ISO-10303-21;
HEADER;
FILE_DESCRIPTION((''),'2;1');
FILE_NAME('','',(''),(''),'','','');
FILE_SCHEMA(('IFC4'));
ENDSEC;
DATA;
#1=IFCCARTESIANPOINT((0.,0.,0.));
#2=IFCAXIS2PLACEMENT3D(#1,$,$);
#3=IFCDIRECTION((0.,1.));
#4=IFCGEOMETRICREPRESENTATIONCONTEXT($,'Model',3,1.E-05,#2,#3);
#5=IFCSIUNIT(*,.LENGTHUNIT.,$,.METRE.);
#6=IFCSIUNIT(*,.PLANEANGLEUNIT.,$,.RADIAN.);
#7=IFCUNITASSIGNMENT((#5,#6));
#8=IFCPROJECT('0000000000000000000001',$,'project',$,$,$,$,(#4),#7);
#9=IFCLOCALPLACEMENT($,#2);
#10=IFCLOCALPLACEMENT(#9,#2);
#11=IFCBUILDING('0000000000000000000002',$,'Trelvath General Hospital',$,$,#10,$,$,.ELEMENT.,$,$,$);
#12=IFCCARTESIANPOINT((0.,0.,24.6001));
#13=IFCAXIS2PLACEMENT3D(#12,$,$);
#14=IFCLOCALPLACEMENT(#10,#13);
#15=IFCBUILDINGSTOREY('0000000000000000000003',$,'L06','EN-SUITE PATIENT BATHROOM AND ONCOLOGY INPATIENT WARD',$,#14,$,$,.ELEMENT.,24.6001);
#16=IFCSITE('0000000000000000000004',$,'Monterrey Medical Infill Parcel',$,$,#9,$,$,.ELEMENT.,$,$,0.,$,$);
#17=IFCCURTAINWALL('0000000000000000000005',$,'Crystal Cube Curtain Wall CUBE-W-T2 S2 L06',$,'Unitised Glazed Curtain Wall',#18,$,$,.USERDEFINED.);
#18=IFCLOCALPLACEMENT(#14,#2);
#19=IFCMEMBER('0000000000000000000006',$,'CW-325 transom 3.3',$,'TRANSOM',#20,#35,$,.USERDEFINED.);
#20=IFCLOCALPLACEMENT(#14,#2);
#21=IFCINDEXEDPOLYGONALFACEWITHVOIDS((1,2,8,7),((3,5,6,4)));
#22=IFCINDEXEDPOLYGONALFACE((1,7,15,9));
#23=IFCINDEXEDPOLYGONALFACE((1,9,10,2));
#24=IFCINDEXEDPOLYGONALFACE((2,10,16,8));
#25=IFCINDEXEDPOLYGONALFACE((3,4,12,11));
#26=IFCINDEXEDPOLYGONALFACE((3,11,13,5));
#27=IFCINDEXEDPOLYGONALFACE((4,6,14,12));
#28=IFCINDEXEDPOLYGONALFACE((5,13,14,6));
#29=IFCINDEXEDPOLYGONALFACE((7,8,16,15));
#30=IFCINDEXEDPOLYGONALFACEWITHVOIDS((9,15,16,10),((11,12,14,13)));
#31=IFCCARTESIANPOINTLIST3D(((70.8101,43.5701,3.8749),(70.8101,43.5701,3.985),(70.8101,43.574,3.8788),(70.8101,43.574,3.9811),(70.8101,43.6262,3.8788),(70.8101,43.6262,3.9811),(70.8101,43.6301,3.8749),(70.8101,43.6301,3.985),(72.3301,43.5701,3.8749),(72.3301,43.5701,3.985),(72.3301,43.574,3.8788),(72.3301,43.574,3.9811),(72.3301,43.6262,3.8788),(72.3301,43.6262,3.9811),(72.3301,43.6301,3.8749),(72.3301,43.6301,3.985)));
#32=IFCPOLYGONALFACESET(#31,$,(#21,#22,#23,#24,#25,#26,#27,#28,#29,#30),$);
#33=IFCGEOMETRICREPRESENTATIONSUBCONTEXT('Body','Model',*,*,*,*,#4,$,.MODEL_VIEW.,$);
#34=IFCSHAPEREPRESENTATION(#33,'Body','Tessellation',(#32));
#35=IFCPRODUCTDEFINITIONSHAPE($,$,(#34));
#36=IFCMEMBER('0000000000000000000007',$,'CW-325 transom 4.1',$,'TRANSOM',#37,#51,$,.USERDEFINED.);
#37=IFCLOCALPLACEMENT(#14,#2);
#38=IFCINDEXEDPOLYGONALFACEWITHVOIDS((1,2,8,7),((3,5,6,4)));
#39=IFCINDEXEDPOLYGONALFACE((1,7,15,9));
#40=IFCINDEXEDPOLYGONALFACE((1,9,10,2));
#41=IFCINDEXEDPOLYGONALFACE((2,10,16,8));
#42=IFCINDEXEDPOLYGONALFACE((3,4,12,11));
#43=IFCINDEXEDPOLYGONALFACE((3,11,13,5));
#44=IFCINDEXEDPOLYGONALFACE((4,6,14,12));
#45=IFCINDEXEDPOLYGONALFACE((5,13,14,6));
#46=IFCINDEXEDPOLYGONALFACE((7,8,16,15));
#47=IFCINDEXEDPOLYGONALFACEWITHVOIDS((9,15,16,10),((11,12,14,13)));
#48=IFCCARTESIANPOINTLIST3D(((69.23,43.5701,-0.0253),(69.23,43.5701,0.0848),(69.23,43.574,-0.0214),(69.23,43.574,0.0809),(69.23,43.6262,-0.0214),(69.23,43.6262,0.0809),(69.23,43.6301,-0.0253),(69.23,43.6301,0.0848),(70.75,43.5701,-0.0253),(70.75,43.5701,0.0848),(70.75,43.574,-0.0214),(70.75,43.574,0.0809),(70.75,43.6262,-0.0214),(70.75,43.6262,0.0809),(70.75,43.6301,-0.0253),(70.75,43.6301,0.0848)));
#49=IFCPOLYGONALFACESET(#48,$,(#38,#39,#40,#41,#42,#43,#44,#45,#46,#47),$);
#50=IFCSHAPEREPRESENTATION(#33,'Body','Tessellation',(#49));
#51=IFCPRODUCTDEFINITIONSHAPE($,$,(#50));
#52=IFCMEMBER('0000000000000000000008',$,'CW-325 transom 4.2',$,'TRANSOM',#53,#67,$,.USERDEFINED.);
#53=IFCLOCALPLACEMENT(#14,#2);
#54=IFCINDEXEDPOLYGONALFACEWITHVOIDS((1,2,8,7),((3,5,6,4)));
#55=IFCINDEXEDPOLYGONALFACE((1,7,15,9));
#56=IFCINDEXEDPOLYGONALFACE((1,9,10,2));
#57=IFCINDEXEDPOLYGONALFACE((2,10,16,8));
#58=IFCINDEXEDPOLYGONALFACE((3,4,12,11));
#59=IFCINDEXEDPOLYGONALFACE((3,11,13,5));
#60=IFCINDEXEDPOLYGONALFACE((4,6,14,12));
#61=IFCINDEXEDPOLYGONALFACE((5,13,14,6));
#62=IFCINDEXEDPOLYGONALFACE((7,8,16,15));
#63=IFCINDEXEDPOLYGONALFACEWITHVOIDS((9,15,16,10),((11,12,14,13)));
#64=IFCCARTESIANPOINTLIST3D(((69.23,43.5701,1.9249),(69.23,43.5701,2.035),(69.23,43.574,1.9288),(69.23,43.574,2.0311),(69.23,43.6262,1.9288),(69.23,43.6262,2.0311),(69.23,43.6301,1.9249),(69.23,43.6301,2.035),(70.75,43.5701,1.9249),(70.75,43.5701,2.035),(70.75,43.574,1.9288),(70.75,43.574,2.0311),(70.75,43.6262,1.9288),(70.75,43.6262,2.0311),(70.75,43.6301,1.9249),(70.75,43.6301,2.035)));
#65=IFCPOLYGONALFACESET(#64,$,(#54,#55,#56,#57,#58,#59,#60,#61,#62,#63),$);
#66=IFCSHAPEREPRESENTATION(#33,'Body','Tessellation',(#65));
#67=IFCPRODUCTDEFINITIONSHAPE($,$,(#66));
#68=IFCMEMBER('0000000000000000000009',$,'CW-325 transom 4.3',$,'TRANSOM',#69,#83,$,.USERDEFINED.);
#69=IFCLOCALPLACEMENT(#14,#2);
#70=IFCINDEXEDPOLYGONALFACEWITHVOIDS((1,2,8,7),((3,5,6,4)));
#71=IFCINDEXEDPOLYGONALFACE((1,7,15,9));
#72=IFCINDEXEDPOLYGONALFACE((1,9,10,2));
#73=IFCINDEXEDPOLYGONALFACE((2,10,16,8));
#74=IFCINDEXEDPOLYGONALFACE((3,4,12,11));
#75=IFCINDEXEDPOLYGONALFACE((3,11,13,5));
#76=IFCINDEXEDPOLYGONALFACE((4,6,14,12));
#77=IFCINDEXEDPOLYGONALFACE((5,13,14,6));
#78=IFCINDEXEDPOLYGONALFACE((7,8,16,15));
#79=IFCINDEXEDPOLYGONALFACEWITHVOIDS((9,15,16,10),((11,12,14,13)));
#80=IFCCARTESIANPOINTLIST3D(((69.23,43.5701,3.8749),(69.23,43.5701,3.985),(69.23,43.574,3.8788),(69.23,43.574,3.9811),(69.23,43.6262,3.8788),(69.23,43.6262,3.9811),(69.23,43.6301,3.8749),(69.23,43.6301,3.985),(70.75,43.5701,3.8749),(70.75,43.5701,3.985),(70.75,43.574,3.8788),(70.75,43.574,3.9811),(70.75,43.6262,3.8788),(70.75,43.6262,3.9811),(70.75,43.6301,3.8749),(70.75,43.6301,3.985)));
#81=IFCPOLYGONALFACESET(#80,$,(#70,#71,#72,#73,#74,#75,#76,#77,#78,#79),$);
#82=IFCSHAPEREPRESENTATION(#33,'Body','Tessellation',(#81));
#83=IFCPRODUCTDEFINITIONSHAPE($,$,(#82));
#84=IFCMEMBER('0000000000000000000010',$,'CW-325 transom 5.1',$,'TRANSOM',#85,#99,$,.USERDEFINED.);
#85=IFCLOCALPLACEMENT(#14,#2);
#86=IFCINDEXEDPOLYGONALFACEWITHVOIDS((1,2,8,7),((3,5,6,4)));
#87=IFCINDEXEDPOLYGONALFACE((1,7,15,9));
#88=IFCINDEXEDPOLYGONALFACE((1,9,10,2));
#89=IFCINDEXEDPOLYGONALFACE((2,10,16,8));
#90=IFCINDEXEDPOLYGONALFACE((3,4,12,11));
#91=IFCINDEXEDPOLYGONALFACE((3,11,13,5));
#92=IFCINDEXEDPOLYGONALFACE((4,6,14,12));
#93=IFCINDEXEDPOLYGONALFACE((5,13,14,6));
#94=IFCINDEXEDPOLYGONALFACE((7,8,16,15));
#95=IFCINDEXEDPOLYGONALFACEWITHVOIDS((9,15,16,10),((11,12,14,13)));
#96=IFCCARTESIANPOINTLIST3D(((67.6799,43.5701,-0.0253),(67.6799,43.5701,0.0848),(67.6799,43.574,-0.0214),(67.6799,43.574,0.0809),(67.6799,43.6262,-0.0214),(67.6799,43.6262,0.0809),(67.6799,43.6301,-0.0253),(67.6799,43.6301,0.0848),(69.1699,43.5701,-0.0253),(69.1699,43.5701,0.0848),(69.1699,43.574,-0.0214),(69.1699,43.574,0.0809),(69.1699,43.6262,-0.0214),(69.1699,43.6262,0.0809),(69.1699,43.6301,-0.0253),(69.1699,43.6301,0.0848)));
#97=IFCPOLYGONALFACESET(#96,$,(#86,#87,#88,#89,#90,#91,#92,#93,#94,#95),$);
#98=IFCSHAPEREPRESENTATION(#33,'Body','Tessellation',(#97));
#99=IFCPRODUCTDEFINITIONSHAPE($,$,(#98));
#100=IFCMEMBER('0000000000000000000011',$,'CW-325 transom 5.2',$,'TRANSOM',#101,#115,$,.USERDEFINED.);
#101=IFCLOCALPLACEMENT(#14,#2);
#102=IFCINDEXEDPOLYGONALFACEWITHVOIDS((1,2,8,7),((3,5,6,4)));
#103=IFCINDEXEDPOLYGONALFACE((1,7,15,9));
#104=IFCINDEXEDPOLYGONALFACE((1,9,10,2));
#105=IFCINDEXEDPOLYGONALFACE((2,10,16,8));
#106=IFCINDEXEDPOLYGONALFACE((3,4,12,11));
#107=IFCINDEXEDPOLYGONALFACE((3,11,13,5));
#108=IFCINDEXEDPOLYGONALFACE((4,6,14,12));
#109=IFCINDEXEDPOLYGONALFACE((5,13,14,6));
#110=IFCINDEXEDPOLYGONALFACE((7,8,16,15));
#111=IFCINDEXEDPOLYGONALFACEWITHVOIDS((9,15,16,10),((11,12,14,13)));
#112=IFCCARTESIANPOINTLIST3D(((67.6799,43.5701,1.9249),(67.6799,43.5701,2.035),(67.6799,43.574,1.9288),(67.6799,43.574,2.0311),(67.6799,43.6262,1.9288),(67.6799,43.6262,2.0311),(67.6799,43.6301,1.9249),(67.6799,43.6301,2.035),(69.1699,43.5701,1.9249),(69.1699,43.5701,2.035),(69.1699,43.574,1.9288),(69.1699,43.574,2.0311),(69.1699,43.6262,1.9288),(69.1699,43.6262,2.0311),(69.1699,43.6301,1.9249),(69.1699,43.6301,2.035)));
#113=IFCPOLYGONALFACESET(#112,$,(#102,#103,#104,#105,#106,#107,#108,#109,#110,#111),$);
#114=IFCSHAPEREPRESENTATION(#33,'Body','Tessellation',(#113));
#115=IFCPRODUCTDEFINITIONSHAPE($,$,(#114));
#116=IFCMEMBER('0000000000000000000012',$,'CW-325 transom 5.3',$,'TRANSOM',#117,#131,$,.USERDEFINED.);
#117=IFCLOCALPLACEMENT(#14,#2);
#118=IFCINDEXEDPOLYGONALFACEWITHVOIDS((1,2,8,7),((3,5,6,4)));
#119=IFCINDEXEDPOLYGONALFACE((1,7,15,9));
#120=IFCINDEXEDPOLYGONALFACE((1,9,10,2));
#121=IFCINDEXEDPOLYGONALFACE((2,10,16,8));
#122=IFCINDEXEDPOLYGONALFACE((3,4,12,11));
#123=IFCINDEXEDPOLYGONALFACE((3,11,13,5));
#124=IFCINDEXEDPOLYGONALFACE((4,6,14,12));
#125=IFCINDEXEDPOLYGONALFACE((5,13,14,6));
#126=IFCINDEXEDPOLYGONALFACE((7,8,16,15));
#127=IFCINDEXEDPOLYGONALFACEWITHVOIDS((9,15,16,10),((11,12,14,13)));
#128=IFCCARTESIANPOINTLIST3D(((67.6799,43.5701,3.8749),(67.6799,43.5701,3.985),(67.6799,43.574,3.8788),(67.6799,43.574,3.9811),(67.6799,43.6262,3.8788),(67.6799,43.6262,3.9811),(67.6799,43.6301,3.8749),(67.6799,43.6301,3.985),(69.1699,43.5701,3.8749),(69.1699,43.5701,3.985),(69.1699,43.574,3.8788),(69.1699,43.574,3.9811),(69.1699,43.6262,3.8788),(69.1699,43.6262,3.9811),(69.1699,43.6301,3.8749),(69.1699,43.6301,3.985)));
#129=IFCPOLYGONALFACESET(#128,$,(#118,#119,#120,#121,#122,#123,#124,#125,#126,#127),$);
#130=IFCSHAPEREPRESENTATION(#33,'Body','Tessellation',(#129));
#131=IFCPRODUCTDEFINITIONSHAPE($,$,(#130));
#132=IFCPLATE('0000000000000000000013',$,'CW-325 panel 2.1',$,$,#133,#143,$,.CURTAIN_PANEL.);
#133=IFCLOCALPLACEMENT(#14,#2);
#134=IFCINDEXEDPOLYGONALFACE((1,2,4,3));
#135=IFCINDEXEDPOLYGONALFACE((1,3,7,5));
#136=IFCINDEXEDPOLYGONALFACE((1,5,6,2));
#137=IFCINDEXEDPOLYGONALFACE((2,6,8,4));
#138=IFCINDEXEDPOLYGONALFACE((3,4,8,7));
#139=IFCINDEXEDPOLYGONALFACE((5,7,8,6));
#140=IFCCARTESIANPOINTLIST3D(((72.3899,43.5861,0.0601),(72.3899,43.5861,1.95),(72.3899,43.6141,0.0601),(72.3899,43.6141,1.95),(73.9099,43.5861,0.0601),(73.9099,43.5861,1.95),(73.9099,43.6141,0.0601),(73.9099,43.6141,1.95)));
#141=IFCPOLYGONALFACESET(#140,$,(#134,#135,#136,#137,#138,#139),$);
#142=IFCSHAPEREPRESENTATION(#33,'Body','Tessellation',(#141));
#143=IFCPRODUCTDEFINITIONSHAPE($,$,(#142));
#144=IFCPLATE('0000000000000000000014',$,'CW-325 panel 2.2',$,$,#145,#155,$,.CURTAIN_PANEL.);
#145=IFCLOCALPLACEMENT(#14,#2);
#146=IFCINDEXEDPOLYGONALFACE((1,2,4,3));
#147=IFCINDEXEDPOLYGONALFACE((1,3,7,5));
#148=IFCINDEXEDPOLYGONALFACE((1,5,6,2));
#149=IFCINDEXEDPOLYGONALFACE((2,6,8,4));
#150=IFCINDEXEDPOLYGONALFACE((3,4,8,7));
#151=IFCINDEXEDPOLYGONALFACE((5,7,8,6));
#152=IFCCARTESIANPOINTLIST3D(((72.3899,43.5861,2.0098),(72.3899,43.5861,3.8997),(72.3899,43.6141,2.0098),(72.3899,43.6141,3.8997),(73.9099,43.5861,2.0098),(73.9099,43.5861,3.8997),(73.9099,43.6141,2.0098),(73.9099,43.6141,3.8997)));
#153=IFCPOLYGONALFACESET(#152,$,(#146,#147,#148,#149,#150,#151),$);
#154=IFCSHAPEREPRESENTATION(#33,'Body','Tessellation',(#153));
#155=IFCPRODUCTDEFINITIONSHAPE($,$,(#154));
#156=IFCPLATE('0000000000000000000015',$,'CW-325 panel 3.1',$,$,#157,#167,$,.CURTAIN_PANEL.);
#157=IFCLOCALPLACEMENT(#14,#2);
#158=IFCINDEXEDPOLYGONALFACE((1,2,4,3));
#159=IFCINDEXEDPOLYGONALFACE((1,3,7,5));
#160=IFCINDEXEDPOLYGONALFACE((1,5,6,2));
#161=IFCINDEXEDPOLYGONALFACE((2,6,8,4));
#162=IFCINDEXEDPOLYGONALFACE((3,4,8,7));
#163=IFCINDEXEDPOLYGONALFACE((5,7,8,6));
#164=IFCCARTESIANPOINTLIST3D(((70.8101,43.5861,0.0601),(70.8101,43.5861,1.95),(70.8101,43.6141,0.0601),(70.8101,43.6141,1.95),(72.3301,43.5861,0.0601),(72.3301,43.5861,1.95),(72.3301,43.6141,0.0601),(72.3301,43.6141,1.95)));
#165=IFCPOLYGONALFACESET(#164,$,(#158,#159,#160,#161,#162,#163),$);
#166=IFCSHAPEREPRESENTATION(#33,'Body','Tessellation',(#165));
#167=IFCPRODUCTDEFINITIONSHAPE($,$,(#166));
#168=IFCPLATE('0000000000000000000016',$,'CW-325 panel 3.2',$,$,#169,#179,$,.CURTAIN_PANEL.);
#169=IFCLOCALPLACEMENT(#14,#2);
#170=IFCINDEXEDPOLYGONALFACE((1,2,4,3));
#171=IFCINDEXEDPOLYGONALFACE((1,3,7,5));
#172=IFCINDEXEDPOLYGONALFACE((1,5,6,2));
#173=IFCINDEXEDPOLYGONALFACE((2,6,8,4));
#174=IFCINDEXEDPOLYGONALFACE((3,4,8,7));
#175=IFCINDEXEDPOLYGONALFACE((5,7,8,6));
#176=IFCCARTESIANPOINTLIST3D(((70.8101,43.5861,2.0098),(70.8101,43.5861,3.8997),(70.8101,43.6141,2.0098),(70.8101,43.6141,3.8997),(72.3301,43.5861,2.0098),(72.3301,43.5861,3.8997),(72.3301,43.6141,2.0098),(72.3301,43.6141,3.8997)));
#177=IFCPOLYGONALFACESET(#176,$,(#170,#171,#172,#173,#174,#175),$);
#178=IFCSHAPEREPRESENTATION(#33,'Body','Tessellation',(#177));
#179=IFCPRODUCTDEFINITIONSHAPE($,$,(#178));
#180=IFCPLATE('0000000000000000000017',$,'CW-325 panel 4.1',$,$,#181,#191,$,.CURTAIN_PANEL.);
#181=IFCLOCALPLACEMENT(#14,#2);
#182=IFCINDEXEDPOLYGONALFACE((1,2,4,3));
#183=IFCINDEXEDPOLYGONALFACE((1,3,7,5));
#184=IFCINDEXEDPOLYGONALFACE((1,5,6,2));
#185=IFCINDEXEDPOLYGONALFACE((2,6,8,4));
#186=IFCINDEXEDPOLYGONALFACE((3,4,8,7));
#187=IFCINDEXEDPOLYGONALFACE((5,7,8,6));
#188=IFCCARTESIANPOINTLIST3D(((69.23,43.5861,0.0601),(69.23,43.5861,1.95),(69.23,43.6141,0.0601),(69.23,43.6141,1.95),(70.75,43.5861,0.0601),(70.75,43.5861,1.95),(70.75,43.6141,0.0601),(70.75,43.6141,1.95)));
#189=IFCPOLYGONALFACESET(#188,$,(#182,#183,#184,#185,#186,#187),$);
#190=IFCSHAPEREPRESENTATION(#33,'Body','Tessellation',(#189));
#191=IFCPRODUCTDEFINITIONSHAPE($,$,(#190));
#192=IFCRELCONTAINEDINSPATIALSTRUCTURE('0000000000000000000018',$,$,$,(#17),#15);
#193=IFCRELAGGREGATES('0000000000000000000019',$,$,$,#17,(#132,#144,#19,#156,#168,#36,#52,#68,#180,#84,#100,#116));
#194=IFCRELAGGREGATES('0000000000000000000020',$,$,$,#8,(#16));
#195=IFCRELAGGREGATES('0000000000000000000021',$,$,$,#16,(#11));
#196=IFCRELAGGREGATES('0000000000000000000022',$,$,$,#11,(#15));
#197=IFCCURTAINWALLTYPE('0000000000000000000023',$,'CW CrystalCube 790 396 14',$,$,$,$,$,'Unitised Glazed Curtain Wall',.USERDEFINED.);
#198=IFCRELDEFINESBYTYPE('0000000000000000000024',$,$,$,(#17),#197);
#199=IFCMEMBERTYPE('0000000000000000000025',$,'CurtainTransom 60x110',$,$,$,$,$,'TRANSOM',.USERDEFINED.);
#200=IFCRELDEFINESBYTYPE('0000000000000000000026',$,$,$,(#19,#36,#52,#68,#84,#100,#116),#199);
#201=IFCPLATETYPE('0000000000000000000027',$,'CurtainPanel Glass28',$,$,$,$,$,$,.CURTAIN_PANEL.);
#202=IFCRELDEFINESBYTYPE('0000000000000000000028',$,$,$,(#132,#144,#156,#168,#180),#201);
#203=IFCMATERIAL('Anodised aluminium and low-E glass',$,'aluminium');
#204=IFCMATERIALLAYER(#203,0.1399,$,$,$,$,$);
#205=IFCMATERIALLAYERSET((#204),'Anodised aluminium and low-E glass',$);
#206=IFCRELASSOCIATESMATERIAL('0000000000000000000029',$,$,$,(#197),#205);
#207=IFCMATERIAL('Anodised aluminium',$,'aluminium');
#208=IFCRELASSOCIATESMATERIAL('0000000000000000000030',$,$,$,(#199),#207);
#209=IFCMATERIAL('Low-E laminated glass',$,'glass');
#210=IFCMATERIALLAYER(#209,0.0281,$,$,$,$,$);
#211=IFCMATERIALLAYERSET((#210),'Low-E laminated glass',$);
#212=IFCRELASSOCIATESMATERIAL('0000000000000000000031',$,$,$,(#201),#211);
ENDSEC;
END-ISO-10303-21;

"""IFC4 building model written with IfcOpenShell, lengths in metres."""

from ifc_helpers import new_model, si_unit, direction, frame, origin, origin_2d, place, context, subcontext, project, spatial, rectangle, hollow_rectangle, extrude, material, layer, layer_set, material_profile, profile_set, type_object, element, aggregate, save


model = new_model("IFC4")

# Units and contexts
model_context = context("Model", 3, precision=1e-05, world=origin(), true_north=direction((0.0, 1.0)))
body_context = subcontext(model_context, "Body", "Model", "MODEL_VIEW")
ifc_project = project(units=[si_unit("LENGTHUNIT", "METRE"), si_unit("PLANEANGLEUNIT", "RADIAN")], contexts=[model_context])

# Site, building, storey
site_placement = place(None, origin())
site = spatial("IfcSite", under=ifc_project, at=site_placement, Name="Monterrey Medical Infill Parcel", CompositionType="ELEMENT", RefElevation=0.0)
building_placement = place(site_placement, origin())
building = spatial("IfcBuilding", under=site, at=building_placement, Name="Trelvath General Hospital", CompositionType="ELEMENT")
storey_placement = place(building_placement, frame((0.0, 0.0, 24.6001)))
storey = spatial("IfcBuildingStorey", under=building, at=storey_placement, Name="L06", Description="EN-SUITE PATIENT BATHROOM AND ONCOLOGY INPATIENT WARD", CompositionType="ELEMENT", Elevation=24.6001)

# Shared definitions
ifc_material_1 = material(Name="Anodised aluminium and low-E glass", Category="aluminium")
ifc_layer_1 = layer(ifc_material_1, 0.1399)
ifc_layer_set_1 = layer_set([ifc_layer_1], Name="Anodised aluminium and low-E glass")
curtain_wall_type = type_object("IfcCurtainWallType", Name="CW CrystalCube 790 396 14", ElementType="Unitised Glazed Curtain Wall", PredefinedType="USERDEFINED", material=ifc_layer_set_1)

# Curtain wall
curtain_wall_1_placement = place(storey_placement, origin())
curtain_wall_1 = element("IfcCurtainWall", 1, at=curtain_wall_1_placement, inside=storey, type_object=curtain_wall_type, Name="Crystal Cube Curtain Wall CUBE-W-T2 S2 L06", ObjectType="Unitised Glazed Curtain Wall", PredefinedType="USERDEFINED")

# Members
ifc_material_2 = material(Name="Anodised aluminium", Category="aluminium")
ifc_material_profile_1 = material_profile(ifc_material_2, hollow_rectangle(XDim=0.0601, YDim=0.1101, WallThickness=0.0039, at=origin_2d()), Name="RHS60x110x4")
ifc_profile_set_1 = profile_set([ifc_material_profile_1], Name="Anodised aluminium")
member_type_1 = type_object("IfcMemberType", Name="CurtainTransom 60x110", ElementType="TRANSOM", PredefinedType="USERDEFINED", material=ifc_profile_set_1)
member_1_placement = place(storey_placement, frame((72.3301, 43.6001, 3.9299), z_axis=(-1.0, 0.0, 0.0), x_axis=(0.0, -1.0, 0.0)))
member_1 = element("IfcMember", 2, at=member_1_placement, type_object=member_type_1, Name="CW-325 transom 3.3", ObjectType="TRANSOM", PredefinedType="USERDEFINED", context=body_context, shape_type="SweptSolid", body=[
    extrude(hollow_rectangle(XDim=0.0601, YDim=0.1101, WallThickness=0.0039, at=origin_2d()), origin(), (0.0, 0.0, 1.0), 1.52),
])
member_2_placement = place(storey_placement, frame((70.75, 43.6001, 0.0298), z_axis=(-1.0, 0.0, 0.0), x_axis=(0.0, -1.0, 0.0)))
member_2 = element("IfcMember", 3, at=member_2_placement, type_object=member_type_1, Name="CW-325 transom 4.1", ObjectType="TRANSOM", PredefinedType="USERDEFINED", context=body_context, shape_type="SweptSolid", body=[
    extrude(hollow_rectangle(XDim=0.0601, YDim=0.1101, WallThickness=0.0039, at=origin_2d()), origin(), (0.0, 0.0, 1.0), 1.52),
])
member_3_placement = place(storey_placement, frame((70.75, 43.6001, 1.98), z_axis=(-1.0, 0.0, 0.0), x_axis=(0.0, -1.0, 0.0)))
member_3 = element("IfcMember", 4, at=member_3_placement, type_object=member_type_1, Name="CW-325 transom 4.2", ObjectType="TRANSOM", PredefinedType="USERDEFINED", context=body_context, shape_type="SweptSolid", body=[
    extrude(hollow_rectangle(XDim=0.0601, YDim=0.1101, WallThickness=0.0039, at=origin_2d()), origin(), (0.0, 0.0, 1.0), 1.52),
])
member_4_placement = place(storey_placement, frame((70.75, 43.6001, 3.9299), z_axis=(-1.0, 0.0, 0.0), x_axis=(0.0, -1.0, 0.0)))
member_4 = element("IfcMember", 5, at=member_4_placement, type_object=member_type_1, Name="CW-325 transom 4.3", ObjectType="TRANSOM", PredefinedType="USERDEFINED", context=body_context, shape_type="SweptSolid", body=[
    extrude(hollow_rectangle(XDim=0.0601, YDim=0.1101, WallThickness=0.0039, at=origin_2d()), origin(), (0.0, 0.0, 1.0), 1.52),
])
member_5_placement = place(storey_placement, frame((69.1699, 43.6001, 0.0298), z_axis=(-1.0, 0.0, 0.0), x_axis=(0.0, -1.0, 0.0)))
member_5 = element("IfcMember", 6, at=member_5_placement, type_object=member_type_1, Name="CW-325 transom 5.1", ObjectType="TRANSOM", PredefinedType="USERDEFINED", context=body_context, shape_type="SweptSolid", body=[
    extrude(hollow_rectangle(XDim=0.0601, YDim=0.1101, WallThickness=0.0039, at=origin_2d()), origin(), (0.0, 0.0, 1.0), 1.49),
])
member_6_placement = place(storey_placement, frame((69.1699, 43.6001, 1.98), z_axis=(-1.0, 0.0, 0.0), x_axis=(0.0, -1.0, 0.0)))
member_6 = element("IfcMember", 7, at=member_6_placement, type_object=member_type_1, Name="CW-325 transom 5.2", ObjectType="TRANSOM", PredefinedType="USERDEFINED", context=body_context, shape_type="SweptSolid", body=[
    extrude(hollow_rectangle(XDim=0.0601, YDim=0.1101, WallThickness=0.0039, at=origin_2d()), origin(), (0.0, 0.0, 1.0), 1.49),
])
member_7_placement = place(storey_placement, frame((69.1699, 43.6001, 3.9299), z_axis=(-1.0, 0.0, 0.0), x_axis=(0.0, -1.0, 0.0)))
member_7 = element("IfcMember", 8, at=member_7_placement, type_object=member_type_1, Name="CW-325 transom 5.3", ObjectType="TRANSOM", PredefinedType="USERDEFINED", context=body_context, shape_type="SweptSolid", body=[
    extrude(hollow_rectangle(XDim=0.0601, YDim=0.1101, WallThickness=0.0039, at=origin_2d()), origin(), (0.0, 0.0, 1.0), 1.49),
])

# Plates
ifc_material_3 = material(Name="Low-E laminated glass", Category="glass")
ifc_layer_2 = layer(ifc_material_3, 0.0281)
ifc_layer_set_2 = layer_set([ifc_layer_2], Name="Low-E laminated glass")
plate_type = type_object("IfcPlateType", Name="CurtainPanel Glass28", PredefinedType="CURTAIN_PANEL", material=ifc_layer_set_2)
plate_1_placement = place(storey_placement, frame((73.1499, 43.6001, 0.0601), z_axis=(0.0, 0.0, 1.0), x_axis=(-1.0, 0.0, 0.0)))
plate_1 = element("IfcPlate", 9, at=plate_1_placement, type_object=plate_type, Name="CW-325 panel 2.1", PredefinedType="CURTAIN_PANEL", context=body_context, shape_type="SweptSolid", body=[
    extrude(rectangle(XDim=1.52, YDim=0.0281, at=origin_2d()), origin(), (0.0, 0.0, 1.0), 1.8899),
])
plate_2_placement = place(storey_placement, frame((73.1499, 43.6001, 2.0098), z_axis=(0.0, 0.0, 1.0), x_axis=(-1.0, 0.0, 0.0)))
plate_2 = element("IfcPlate", 10, at=plate_2_placement, type_object=plate_type, Name="CW-325 panel 2.2", PredefinedType="CURTAIN_PANEL", context=body_context, shape_type="SweptSolid", body=[
    extrude(rectangle(XDim=1.52, YDim=0.0281, at=origin_2d()), origin(), (0.0, 0.0, 1.0), 1.8899),
])
plate_3_placement = place(storey_placement, frame((71.5701, 43.6001, 0.0601), z_axis=(0.0, 0.0, 1.0), x_axis=(-1.0, 0.0, 0.0)))
plate_3 = element("IfcPlate", 11, at=plate_3_placement, type_object=plate_type, Name="CW-325 panel 3.1", PredefinedType="CURTAIN_PANEL", context=body_context, shape_type="SweptSolid", body=[
    extrude(rectangle(XDim=1.52, YDim=0.0281, at=origin_2d()), origin(), (0.0, 0.0, 1.0), 1.8899),
])
plate_4_placement = place(storey_placement, frame((71.5701, 43.6001, 2.0098), z_axis=(0.0, 0.0, 1.0), x_axis=(-1.0, 0.0, 0.0)))
plate_4 = element("IfcPlate", 12, at=plate_4_placement, type_object=plate_type, Name="CW-325 panel 3.2", PredefinedType="CURTAIN_PANEL", context=body_context, shape_type="SweptSolid", body=[
    extrude(rectangle(XDim=1.52, YDim=0.0281, at=origin_2d()), origin(), (0.0, 0.0, 1.0), 1.8899),
])
plate_5_placement = place(storey_placement, frame((69.99, 43.6001, 0.0601), z_axis=(0.0, 0.0, 1.0), x_axis=(-1.0, 0.0, 0.0)))
plate_5 = element("IfcPlate", 13, at=plate_5_placement, type_object=plate_type, Name="CW-325 panel 4.1", PredefinedType="CURTAIN_PANEL", context=body_context, shape_type="SweptSolid", body=[
    extrude(rectangle(XDim=1.52, YDim=0.0281, at=origin_2d()), origin(), (0.0, 0.0, 1.0), 1.8899),
])
aggregate(curtain_wall_1, [plate_1, plate_2, member_1, plate_3, plate_4, member_2, member_3, member_4, plate_5, member_5, member_6, member_7])

save(model, "model.ifc")
